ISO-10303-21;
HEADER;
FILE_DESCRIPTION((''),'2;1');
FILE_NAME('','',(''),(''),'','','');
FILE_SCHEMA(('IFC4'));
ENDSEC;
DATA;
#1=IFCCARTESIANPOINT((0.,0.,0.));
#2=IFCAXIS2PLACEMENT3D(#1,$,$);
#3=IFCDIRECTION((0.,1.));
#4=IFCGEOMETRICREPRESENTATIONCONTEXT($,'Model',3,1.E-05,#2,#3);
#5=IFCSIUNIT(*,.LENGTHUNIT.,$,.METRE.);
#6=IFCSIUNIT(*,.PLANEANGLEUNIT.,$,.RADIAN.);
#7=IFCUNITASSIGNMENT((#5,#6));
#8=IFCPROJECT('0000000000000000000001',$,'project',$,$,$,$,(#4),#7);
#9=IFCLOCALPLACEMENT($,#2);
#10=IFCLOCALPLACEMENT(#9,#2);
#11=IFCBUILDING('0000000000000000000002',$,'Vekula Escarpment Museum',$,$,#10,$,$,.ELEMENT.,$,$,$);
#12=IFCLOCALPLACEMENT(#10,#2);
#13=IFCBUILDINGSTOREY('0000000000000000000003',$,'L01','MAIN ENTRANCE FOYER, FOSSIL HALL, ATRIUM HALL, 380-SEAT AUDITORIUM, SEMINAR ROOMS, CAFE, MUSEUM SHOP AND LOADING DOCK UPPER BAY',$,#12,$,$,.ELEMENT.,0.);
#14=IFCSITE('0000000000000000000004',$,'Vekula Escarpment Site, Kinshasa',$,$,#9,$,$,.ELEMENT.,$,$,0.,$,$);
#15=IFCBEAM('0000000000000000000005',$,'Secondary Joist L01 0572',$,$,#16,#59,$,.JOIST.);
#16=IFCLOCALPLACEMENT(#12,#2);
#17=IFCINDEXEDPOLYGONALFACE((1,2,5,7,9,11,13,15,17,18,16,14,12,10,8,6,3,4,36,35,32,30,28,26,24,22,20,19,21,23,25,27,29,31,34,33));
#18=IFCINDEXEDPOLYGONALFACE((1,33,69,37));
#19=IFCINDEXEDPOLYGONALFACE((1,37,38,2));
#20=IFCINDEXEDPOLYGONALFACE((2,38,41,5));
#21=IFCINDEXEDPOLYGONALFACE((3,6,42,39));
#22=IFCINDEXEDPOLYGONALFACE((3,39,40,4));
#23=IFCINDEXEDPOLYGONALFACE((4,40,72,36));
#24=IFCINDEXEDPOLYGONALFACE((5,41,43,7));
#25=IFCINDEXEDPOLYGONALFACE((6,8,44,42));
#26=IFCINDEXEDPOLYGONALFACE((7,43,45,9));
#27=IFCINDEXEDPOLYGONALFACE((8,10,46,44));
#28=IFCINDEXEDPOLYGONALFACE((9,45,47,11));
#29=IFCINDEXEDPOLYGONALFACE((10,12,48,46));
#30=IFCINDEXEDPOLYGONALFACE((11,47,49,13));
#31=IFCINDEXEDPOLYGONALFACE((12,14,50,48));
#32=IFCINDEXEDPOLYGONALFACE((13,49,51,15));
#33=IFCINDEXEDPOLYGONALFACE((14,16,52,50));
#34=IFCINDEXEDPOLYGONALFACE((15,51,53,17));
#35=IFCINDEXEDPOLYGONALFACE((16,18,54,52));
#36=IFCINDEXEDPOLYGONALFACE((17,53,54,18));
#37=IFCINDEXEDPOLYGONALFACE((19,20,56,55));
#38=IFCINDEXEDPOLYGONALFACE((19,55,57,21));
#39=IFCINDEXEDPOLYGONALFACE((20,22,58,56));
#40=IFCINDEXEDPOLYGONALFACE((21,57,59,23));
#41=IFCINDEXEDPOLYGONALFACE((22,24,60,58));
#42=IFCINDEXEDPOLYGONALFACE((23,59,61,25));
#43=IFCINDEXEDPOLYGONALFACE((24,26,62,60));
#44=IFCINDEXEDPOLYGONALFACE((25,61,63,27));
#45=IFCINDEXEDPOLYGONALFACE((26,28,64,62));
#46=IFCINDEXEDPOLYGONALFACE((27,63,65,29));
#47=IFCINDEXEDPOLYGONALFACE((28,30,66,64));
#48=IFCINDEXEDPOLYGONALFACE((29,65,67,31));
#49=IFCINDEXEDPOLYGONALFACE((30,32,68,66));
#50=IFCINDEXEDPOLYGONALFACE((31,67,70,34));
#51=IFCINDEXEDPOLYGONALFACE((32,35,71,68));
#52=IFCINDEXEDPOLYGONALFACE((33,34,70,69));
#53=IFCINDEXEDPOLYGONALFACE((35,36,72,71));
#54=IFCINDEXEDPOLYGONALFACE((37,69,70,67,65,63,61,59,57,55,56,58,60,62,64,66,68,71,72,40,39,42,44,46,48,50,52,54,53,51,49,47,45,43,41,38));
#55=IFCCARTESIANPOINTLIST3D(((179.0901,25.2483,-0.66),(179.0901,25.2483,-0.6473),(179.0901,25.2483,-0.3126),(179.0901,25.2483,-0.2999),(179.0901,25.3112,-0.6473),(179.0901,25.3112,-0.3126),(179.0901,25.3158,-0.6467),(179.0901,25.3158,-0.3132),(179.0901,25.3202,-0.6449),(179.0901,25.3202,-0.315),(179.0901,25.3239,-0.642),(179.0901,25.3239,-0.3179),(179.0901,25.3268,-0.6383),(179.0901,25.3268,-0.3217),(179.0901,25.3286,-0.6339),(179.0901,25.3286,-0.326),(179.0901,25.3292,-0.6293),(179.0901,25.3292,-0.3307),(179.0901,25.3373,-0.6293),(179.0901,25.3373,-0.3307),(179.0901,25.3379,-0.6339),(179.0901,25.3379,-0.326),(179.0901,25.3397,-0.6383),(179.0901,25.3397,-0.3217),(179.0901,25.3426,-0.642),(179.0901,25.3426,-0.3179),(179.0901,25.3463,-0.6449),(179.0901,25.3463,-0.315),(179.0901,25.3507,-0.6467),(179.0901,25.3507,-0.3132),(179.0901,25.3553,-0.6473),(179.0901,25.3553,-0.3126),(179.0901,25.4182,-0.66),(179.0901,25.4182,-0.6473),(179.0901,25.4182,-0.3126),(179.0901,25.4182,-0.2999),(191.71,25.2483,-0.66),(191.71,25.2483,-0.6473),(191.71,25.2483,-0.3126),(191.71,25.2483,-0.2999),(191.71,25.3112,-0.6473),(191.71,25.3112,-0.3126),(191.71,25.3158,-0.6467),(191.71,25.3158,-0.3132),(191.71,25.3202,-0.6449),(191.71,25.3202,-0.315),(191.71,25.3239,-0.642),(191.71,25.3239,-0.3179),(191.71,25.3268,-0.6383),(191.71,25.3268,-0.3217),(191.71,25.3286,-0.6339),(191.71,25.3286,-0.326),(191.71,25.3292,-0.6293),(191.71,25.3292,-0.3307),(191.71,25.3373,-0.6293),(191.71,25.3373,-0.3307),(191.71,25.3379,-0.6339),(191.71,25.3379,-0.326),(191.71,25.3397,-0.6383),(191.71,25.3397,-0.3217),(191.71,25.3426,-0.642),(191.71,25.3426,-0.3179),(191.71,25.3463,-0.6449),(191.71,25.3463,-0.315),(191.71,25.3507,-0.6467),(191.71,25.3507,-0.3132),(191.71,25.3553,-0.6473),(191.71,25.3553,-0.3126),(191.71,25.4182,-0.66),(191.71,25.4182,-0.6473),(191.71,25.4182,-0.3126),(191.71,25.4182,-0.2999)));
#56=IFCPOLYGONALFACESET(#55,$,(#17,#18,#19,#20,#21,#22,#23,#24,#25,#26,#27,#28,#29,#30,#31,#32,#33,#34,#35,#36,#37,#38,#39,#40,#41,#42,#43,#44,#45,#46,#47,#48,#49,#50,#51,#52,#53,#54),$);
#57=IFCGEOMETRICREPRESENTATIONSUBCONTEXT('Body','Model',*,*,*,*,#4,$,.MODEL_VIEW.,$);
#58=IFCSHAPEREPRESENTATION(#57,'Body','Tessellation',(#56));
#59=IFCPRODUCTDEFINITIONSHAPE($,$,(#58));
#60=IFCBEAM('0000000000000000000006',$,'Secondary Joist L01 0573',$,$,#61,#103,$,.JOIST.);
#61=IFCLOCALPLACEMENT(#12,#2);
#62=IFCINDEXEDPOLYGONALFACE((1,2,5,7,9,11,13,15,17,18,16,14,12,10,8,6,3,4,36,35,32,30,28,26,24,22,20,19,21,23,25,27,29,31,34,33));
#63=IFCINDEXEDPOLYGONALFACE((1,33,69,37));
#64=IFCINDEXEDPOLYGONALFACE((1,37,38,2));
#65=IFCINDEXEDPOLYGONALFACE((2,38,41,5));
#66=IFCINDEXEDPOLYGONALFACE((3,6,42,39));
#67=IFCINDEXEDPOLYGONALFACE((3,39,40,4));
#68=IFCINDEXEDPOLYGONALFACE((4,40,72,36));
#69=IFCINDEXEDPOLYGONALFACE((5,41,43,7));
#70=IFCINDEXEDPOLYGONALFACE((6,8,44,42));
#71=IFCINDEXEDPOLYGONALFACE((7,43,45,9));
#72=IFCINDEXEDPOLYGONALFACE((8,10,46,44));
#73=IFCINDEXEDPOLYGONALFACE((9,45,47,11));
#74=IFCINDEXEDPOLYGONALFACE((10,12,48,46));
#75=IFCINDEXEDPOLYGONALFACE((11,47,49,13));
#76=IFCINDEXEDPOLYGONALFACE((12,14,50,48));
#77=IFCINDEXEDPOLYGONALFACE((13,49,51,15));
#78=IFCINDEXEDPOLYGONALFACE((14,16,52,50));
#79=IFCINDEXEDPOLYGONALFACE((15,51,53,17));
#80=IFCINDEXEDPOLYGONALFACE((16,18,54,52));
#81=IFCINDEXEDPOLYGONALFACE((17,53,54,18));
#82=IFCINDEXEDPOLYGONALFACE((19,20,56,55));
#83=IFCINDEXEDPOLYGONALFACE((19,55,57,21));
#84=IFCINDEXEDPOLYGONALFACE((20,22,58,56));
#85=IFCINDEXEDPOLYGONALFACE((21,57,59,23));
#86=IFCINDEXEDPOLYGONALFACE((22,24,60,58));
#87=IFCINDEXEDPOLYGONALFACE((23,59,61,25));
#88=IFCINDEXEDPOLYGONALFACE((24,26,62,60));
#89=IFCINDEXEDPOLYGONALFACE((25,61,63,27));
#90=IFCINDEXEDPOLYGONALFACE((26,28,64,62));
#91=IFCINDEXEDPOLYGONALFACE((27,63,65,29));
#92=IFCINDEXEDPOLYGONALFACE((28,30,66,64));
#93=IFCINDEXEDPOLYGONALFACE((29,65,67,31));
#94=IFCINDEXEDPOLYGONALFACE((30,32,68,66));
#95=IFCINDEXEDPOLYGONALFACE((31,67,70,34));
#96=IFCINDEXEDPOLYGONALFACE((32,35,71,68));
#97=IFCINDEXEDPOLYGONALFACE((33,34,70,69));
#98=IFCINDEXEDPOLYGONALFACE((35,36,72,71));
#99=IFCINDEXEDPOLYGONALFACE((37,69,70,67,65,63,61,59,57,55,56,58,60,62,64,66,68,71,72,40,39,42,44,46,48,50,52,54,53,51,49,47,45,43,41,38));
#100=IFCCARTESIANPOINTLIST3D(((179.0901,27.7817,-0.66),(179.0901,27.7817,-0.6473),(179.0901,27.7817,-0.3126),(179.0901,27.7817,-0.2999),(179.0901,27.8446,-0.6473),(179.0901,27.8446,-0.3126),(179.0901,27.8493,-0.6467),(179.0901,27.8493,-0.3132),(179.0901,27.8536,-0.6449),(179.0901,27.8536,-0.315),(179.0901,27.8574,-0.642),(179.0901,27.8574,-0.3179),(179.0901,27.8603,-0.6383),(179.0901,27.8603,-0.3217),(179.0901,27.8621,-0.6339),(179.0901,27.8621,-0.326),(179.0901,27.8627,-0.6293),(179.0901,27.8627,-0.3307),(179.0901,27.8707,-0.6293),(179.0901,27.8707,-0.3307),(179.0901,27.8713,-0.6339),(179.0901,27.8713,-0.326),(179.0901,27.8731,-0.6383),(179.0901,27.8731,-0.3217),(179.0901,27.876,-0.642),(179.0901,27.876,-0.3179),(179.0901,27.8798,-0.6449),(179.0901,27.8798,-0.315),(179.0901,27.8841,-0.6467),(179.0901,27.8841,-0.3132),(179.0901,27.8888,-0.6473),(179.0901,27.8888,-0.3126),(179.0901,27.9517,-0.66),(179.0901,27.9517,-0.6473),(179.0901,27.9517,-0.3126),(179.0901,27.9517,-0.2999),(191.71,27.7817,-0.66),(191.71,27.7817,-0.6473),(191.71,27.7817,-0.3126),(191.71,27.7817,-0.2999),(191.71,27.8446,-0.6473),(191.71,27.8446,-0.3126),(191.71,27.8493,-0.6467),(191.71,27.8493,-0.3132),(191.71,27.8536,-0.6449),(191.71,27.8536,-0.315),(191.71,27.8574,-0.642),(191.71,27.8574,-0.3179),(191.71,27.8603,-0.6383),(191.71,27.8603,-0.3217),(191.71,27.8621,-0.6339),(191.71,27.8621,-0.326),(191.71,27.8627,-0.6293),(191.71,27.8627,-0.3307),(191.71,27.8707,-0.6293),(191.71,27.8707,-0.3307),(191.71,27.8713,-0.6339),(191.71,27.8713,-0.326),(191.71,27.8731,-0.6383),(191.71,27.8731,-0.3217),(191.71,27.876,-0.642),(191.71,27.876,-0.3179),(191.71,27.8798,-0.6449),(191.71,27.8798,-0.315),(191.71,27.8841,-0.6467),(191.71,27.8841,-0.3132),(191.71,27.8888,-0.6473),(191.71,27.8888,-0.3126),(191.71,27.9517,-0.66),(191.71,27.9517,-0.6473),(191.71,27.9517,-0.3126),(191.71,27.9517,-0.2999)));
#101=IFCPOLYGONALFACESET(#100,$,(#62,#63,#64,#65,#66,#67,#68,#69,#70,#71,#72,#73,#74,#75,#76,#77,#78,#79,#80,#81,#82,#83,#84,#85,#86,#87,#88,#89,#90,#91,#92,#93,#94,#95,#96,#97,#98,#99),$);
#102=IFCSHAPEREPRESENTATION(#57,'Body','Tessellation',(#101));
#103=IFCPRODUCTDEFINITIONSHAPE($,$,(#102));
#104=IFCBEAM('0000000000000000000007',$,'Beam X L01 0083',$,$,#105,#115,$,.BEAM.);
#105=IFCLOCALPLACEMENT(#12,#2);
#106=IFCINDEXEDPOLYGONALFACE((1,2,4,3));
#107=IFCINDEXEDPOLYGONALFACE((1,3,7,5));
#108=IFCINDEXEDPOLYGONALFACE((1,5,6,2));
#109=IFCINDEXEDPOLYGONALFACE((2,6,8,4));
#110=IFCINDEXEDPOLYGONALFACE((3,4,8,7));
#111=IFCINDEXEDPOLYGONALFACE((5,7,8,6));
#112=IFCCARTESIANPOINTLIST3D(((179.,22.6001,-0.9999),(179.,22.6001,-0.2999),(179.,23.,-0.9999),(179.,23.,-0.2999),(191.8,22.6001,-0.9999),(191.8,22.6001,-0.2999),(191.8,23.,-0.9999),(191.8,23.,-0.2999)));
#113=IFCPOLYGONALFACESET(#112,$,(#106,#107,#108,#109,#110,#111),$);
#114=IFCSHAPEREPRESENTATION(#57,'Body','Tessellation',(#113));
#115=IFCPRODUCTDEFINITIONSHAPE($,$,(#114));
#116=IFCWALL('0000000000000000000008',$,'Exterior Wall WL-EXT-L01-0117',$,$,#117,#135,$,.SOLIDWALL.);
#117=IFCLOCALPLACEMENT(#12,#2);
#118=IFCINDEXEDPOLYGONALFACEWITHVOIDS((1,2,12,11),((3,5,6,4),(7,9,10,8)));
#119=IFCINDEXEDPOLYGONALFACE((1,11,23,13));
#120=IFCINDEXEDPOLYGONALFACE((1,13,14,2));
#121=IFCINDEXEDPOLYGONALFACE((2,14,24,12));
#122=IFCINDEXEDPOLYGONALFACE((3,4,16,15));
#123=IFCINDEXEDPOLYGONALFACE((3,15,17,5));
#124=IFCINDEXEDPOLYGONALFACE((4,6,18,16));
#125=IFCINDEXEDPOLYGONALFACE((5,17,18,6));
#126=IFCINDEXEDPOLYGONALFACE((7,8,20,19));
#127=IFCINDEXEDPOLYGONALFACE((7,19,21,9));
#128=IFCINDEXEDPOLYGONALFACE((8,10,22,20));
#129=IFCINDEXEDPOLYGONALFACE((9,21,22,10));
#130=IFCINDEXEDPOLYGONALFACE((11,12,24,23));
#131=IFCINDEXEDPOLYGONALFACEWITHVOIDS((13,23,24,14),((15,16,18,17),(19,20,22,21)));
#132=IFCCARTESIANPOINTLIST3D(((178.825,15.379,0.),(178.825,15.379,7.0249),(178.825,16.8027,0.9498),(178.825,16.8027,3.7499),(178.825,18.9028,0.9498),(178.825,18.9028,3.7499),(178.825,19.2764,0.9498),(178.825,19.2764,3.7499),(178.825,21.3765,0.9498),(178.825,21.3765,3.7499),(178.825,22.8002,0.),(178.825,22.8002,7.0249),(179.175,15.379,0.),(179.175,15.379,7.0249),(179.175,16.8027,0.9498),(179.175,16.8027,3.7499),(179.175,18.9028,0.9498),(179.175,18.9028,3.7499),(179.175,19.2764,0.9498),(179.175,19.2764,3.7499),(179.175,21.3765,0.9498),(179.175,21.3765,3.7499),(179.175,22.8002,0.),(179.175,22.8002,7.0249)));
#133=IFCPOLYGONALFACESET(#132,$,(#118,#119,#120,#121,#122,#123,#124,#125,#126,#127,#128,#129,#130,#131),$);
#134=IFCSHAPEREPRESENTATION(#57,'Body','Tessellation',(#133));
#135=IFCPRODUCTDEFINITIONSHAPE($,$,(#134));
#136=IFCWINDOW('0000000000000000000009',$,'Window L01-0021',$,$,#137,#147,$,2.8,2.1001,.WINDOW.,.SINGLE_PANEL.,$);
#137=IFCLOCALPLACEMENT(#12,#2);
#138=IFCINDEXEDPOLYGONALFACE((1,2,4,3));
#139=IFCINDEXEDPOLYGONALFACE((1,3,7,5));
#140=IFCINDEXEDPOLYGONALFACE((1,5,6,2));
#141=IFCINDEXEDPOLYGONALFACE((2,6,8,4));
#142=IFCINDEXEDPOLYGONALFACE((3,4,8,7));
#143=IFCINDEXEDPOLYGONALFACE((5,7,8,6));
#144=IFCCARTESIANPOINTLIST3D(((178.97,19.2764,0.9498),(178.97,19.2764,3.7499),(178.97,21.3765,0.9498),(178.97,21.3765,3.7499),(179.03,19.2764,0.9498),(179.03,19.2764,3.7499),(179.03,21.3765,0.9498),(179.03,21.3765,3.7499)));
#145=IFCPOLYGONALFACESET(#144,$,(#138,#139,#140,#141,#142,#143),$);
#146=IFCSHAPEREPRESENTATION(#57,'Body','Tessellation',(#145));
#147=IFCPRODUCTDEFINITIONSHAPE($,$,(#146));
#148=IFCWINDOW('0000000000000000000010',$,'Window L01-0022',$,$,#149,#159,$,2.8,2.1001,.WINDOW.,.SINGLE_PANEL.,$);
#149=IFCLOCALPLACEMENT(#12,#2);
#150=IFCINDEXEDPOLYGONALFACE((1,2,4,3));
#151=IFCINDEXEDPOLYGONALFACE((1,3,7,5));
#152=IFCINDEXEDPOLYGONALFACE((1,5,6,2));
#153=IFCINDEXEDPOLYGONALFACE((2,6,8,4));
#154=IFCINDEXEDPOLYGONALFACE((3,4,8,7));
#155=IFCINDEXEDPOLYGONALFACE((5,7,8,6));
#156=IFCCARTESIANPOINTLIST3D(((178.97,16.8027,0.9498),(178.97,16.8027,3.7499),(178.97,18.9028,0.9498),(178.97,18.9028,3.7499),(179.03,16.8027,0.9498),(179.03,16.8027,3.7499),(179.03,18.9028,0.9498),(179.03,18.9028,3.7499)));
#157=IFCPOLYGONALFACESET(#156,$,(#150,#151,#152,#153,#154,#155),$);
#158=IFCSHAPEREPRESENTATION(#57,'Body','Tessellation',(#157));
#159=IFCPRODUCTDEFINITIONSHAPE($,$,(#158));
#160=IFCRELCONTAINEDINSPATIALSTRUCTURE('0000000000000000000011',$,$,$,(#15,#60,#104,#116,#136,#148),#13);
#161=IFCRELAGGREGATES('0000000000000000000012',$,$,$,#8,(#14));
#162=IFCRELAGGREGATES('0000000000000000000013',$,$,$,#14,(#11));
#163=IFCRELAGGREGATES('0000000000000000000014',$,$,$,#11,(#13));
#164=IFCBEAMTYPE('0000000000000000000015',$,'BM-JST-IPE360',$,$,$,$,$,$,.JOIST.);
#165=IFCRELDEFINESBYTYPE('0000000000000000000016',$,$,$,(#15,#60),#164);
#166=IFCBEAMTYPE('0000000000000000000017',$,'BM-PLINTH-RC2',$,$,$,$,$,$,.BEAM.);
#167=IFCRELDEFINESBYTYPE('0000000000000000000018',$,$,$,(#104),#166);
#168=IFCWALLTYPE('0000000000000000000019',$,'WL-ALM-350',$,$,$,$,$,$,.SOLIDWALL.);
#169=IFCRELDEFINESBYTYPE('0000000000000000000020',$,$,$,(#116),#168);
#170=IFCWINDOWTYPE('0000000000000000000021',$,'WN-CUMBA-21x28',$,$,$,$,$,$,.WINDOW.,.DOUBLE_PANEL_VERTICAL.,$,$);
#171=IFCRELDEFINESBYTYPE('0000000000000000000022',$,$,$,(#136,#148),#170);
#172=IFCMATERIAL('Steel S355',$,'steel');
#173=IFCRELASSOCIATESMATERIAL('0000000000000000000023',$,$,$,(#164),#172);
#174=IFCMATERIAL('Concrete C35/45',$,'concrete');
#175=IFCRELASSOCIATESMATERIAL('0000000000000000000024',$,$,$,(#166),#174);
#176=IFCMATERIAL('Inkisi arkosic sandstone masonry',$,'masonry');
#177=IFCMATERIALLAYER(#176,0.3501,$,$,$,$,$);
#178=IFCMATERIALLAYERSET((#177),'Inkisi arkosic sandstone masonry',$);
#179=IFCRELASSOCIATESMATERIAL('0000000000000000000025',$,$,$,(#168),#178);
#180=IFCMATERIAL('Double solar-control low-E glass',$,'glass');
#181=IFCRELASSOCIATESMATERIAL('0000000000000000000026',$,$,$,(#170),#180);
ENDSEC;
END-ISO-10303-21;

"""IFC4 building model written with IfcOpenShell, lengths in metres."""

from ifc_helpers import new_model, si_unit, direction, frame, frame_2d, origin, origin_2d, place, context, subcontext, project, spatial, rectangle, i_section, extrude, material, layer, layer_set, material_profile, profile_set, type_object, element, fill, save


model = new_model("IFC4")

# Units and contexts
model_context = context("Model", 3, precision=1e-05, world=origin(), true_north=direction((0.0, 1.0)))
body_context = subcontext(model_context, "Body", "Model", "MODEL_VIEW")
ifc_project = project(units=[si_unit("LENGTHUNIT", "METRE"), si_unit("PLANEANGLEUNIT", "RADIAN")], contexts=[model_context])

# Site, building, storey
site_placement = place(None, origin())
site = spatial("IfcSite", under=ifc_project, at=site_placement, Name="Vekula Escarpment Site, Kinshasa", CompositionType="ELEMENT", RefElevation=0.0)
building_placement = place(site_placement, origin())
building = spatial("IfcBuilding", under=site, at=building_placement, Name="Vekula Escarpment Museum", CompositionType="ELEMENT")
storey_placement = place(building_placement, origin())
storey = spatial("IfcBuildingStorey", under=building, at=storey_placement, Name="L01", Description="MAIN ENTRANCE FOYER, FOSSIL HALL, ATRIUM HALL, 380-SEAT AUDITORIUM, SEMINAR ROOMS, CAFE, MUSEUM SHOP AND LOADING DOCK UPPER BAY", CompositionType="ELEMENT", Elevation=0.0)

# Beams
ifc_material_1 = material(Name="Steel S355", Category="steel")
ifc_material_profile_1 = material_profile(ifc_material_1, i_section(OverallWidth=0.1699, OverallDepth=0.3601, WebThickness=0.0081, FlangeThickness=0.0127, FilletRadius=0.0181, at=origin_2d()), Name="IPE 360")
ifc_profile_set_1 = profile_set([ifc_material_profile_1], Name="Steel S355")
beam_type_1 = type_object("IfcBeamType", Name="BM-JST-IPE360", PredefinedType="JOIST", material=ifc_profile_set_1)
for number, where, z_axis, x_axis, name in (
    (1, (179.0901, 25.3333, -0.48), (1.0, 0.0, 0.0), (0.0, 1.0, 0.0), "Secondary Joist L01 0572"),
    (2, (179.0901, 27.8667, -0.48), (1.0, 0.0, 0.0), (0.0, 1.0, 0.0), "Secondary Joist L01 0573"),
):
    element("IfcBeam", number, at=place(storey_placement, frame(where, z_axis=z_axis, x_axis=x_axis)), inside=storey, type_object=beam_type_1, Name=name, PredefinedType="JOIST", context=body_context, shape_type="SweptSolid", body=[
        extrude(i_section(OverallWidth=0.1699, OverallDepth=0.3601, WebThickness=0.0081, FlangeThickness=0.0127, FilletRadius=0.0181, at=origin_2d()), origin(), (0.0, 0.0, 1.0), 12.6199),
    ])
ifc_material_2 = material(Name="Concrete C35/45", Category="concrete")
ifc_material_profile_2 = material_profile(ifc_material_2, rectangle(XDim=0.3999, YDim=0.7, at=origin_2d()), Name="RC 400x700")
ifc_profile_set_2 = profile_set([ifc_material_profile_2], Name="Concrete C35/45")
beam_type_2 = type_object("IfcBeamType", Name="BM-PLINTH-RC2", PredefinedType="BEAM", material=ifc_profile_set_2)
beam_1_placement = place(storey_placement, frame((179.0, 22.8, -0.6499), z_axis=(1.0, 0.0, 0.0), x_axis=(0.0, 1.0, 0.0)))
element("IfcBeam", 3, at=beam_1_placement, inside=storey, type_object=beam_type_2, Name="Beam X L01 0083", PredefinedType="BEAM", context=body_context, shape_type="SweptSolid", body=[
    extrude(rectangle(XDim=0.3999, YDim=0.7, at=origin_2d()), origin(), (0.0, 0.0, 1.0), 12.8),
])

# Wall, openings, windows
ifc_material_3 = material(Name="Inkisi arkosic sandstone masonry", Category="masonry")
ifc_layer_1 = layer(ifc_material_3, 0.3501)
ifc_layer_set_1 = layer_set([ifc_layer_1], Name="Inkisi arkosic sandstone masonry")
wall_type_1 = type_object("IfcWallType", Name="WL-ALM-350", PredefinedType="SOLIDWALL", material=ifc_layer_set_1)
wall_1_placement = place(storey_placement, frame((179.0, 22.8, 0.0), z_axis=(0.0, 0.0, 1.0), x_axis=(0.0, -1.0, 0.0)))
wall_1 = element("IfcWall", 4, at=wall_1_placement, inside=storey, type_object=wall_type_1, Name="Exterior Wall WL-EXT-L01-0117", PredefinedType="SOLIDWALL", context=body_context, shape_type="SweptSolid", body=[
    extrude(rectangle(XDim=7.4211, YDim=0.3501, at=frame_2d((3.7104, 0.0))), origin(), (0.0, 0.0, 1.0), 7.0249),
])
opening_1_placement = place(wall_1_placement, frame((1.4236, 0.0, 0.95)))
opening_1 = element("IfcOpeningElement", 5, at=opening_1_placement, cuts=wall_1, PredefinedType="OPENING", context=body_context, shape_type="SweptSolid", body=[
    extrude(rectangle(XDim=2.1001, YDim=2.8, at=frame_2d((1.05, 1.3999))), frame((0.0, 0.1851, 0.0), z_axis=(0.0, -1.0, 0.0), x_axis=(1.0, 0.0, 0.0)), (0.0, 0.0, 1.0), 0.3701),
])
opening_2_placement = place(wall_1_placement, frame((3.8972, 0.0, 0.95)))
opening_2 = element("IfcOpeningElement", 6, at=opening_2_placement, cuts=wall_1, PredefinedType="OPENING", context=body_context, shape_type="SweptSolid", body=[
    extrude(rectangle(XDim=2.1001, YDim=2.8, at=frame_2d((1.05, 1.3999))), frame((0.0, 0.1851, 0.0), z_axis=(0.0, -1.0, 0.0), x_axis=(1.0, 0.0, 0.0)), (0.0, 0.0, 1.0), 0.3701),
])
ifc_material_4 = material(Name="Double solar-control low-E glass", Category="glass")
window_type = type_object("IfcWindowType", Name="WN-CUMBA-21x28", PartitioningType="DOUBLE_PANEL_VERTICAL", PredefinedType="WINDOW", material=ifc_material_4)
window_1_placement = place(opening_1_placement, origin())
window_1 = element("IfcWindow", 7, at=window_1_placement, inside=storey, type_object=window_type, Name="Window L01-0021", OverallHeight=2.8, OverallWidth=2.1001, PartitioningType="SINGLE_PANEL", PredefinedType="WINDOW", context=body_context, shape_type="SweptSolid", body=[
    extrude(rectangle(XDim=2.1001, YDim=2.8, at=frame_2d((1.05, 1.3999))), frame((0.0, 0.03, 0.0), z_axis=(0.0, -1.0, 0.0), x_axis=(1.0, 0.0, 0.0)), (0.0, 0.0, 1.0), 0.0601),
])
fill(opening_1, window_1)
window_2_placement = place(opening_2_placement, origin())
window_2 = element("IfcWindow", 8, at=window_2_placement, inside=storey, type_object=window_type, Name="Window L01-0022", OverallHeight=2.8, OverallWidth=2.1001, PartitioningType="SINGLE_PANEL", PredefinedType="WINDOW", context=body_context, shape_type="SweptSolid", body=[
    extrude(rectangle(XDim=2.1001, YDim=2.8, at=frame_2d((1.05, 1.3999))), frame((0.0, 0.03, 0.0), z_axis=(0.0, -1.0, 0.0), x_axis=(1.0, 0.0, 0.0)), (0.0, 0.0, 1.0), 0.0601),
])
fill(opening_2, window_2)

save(model, "model.ifc")
